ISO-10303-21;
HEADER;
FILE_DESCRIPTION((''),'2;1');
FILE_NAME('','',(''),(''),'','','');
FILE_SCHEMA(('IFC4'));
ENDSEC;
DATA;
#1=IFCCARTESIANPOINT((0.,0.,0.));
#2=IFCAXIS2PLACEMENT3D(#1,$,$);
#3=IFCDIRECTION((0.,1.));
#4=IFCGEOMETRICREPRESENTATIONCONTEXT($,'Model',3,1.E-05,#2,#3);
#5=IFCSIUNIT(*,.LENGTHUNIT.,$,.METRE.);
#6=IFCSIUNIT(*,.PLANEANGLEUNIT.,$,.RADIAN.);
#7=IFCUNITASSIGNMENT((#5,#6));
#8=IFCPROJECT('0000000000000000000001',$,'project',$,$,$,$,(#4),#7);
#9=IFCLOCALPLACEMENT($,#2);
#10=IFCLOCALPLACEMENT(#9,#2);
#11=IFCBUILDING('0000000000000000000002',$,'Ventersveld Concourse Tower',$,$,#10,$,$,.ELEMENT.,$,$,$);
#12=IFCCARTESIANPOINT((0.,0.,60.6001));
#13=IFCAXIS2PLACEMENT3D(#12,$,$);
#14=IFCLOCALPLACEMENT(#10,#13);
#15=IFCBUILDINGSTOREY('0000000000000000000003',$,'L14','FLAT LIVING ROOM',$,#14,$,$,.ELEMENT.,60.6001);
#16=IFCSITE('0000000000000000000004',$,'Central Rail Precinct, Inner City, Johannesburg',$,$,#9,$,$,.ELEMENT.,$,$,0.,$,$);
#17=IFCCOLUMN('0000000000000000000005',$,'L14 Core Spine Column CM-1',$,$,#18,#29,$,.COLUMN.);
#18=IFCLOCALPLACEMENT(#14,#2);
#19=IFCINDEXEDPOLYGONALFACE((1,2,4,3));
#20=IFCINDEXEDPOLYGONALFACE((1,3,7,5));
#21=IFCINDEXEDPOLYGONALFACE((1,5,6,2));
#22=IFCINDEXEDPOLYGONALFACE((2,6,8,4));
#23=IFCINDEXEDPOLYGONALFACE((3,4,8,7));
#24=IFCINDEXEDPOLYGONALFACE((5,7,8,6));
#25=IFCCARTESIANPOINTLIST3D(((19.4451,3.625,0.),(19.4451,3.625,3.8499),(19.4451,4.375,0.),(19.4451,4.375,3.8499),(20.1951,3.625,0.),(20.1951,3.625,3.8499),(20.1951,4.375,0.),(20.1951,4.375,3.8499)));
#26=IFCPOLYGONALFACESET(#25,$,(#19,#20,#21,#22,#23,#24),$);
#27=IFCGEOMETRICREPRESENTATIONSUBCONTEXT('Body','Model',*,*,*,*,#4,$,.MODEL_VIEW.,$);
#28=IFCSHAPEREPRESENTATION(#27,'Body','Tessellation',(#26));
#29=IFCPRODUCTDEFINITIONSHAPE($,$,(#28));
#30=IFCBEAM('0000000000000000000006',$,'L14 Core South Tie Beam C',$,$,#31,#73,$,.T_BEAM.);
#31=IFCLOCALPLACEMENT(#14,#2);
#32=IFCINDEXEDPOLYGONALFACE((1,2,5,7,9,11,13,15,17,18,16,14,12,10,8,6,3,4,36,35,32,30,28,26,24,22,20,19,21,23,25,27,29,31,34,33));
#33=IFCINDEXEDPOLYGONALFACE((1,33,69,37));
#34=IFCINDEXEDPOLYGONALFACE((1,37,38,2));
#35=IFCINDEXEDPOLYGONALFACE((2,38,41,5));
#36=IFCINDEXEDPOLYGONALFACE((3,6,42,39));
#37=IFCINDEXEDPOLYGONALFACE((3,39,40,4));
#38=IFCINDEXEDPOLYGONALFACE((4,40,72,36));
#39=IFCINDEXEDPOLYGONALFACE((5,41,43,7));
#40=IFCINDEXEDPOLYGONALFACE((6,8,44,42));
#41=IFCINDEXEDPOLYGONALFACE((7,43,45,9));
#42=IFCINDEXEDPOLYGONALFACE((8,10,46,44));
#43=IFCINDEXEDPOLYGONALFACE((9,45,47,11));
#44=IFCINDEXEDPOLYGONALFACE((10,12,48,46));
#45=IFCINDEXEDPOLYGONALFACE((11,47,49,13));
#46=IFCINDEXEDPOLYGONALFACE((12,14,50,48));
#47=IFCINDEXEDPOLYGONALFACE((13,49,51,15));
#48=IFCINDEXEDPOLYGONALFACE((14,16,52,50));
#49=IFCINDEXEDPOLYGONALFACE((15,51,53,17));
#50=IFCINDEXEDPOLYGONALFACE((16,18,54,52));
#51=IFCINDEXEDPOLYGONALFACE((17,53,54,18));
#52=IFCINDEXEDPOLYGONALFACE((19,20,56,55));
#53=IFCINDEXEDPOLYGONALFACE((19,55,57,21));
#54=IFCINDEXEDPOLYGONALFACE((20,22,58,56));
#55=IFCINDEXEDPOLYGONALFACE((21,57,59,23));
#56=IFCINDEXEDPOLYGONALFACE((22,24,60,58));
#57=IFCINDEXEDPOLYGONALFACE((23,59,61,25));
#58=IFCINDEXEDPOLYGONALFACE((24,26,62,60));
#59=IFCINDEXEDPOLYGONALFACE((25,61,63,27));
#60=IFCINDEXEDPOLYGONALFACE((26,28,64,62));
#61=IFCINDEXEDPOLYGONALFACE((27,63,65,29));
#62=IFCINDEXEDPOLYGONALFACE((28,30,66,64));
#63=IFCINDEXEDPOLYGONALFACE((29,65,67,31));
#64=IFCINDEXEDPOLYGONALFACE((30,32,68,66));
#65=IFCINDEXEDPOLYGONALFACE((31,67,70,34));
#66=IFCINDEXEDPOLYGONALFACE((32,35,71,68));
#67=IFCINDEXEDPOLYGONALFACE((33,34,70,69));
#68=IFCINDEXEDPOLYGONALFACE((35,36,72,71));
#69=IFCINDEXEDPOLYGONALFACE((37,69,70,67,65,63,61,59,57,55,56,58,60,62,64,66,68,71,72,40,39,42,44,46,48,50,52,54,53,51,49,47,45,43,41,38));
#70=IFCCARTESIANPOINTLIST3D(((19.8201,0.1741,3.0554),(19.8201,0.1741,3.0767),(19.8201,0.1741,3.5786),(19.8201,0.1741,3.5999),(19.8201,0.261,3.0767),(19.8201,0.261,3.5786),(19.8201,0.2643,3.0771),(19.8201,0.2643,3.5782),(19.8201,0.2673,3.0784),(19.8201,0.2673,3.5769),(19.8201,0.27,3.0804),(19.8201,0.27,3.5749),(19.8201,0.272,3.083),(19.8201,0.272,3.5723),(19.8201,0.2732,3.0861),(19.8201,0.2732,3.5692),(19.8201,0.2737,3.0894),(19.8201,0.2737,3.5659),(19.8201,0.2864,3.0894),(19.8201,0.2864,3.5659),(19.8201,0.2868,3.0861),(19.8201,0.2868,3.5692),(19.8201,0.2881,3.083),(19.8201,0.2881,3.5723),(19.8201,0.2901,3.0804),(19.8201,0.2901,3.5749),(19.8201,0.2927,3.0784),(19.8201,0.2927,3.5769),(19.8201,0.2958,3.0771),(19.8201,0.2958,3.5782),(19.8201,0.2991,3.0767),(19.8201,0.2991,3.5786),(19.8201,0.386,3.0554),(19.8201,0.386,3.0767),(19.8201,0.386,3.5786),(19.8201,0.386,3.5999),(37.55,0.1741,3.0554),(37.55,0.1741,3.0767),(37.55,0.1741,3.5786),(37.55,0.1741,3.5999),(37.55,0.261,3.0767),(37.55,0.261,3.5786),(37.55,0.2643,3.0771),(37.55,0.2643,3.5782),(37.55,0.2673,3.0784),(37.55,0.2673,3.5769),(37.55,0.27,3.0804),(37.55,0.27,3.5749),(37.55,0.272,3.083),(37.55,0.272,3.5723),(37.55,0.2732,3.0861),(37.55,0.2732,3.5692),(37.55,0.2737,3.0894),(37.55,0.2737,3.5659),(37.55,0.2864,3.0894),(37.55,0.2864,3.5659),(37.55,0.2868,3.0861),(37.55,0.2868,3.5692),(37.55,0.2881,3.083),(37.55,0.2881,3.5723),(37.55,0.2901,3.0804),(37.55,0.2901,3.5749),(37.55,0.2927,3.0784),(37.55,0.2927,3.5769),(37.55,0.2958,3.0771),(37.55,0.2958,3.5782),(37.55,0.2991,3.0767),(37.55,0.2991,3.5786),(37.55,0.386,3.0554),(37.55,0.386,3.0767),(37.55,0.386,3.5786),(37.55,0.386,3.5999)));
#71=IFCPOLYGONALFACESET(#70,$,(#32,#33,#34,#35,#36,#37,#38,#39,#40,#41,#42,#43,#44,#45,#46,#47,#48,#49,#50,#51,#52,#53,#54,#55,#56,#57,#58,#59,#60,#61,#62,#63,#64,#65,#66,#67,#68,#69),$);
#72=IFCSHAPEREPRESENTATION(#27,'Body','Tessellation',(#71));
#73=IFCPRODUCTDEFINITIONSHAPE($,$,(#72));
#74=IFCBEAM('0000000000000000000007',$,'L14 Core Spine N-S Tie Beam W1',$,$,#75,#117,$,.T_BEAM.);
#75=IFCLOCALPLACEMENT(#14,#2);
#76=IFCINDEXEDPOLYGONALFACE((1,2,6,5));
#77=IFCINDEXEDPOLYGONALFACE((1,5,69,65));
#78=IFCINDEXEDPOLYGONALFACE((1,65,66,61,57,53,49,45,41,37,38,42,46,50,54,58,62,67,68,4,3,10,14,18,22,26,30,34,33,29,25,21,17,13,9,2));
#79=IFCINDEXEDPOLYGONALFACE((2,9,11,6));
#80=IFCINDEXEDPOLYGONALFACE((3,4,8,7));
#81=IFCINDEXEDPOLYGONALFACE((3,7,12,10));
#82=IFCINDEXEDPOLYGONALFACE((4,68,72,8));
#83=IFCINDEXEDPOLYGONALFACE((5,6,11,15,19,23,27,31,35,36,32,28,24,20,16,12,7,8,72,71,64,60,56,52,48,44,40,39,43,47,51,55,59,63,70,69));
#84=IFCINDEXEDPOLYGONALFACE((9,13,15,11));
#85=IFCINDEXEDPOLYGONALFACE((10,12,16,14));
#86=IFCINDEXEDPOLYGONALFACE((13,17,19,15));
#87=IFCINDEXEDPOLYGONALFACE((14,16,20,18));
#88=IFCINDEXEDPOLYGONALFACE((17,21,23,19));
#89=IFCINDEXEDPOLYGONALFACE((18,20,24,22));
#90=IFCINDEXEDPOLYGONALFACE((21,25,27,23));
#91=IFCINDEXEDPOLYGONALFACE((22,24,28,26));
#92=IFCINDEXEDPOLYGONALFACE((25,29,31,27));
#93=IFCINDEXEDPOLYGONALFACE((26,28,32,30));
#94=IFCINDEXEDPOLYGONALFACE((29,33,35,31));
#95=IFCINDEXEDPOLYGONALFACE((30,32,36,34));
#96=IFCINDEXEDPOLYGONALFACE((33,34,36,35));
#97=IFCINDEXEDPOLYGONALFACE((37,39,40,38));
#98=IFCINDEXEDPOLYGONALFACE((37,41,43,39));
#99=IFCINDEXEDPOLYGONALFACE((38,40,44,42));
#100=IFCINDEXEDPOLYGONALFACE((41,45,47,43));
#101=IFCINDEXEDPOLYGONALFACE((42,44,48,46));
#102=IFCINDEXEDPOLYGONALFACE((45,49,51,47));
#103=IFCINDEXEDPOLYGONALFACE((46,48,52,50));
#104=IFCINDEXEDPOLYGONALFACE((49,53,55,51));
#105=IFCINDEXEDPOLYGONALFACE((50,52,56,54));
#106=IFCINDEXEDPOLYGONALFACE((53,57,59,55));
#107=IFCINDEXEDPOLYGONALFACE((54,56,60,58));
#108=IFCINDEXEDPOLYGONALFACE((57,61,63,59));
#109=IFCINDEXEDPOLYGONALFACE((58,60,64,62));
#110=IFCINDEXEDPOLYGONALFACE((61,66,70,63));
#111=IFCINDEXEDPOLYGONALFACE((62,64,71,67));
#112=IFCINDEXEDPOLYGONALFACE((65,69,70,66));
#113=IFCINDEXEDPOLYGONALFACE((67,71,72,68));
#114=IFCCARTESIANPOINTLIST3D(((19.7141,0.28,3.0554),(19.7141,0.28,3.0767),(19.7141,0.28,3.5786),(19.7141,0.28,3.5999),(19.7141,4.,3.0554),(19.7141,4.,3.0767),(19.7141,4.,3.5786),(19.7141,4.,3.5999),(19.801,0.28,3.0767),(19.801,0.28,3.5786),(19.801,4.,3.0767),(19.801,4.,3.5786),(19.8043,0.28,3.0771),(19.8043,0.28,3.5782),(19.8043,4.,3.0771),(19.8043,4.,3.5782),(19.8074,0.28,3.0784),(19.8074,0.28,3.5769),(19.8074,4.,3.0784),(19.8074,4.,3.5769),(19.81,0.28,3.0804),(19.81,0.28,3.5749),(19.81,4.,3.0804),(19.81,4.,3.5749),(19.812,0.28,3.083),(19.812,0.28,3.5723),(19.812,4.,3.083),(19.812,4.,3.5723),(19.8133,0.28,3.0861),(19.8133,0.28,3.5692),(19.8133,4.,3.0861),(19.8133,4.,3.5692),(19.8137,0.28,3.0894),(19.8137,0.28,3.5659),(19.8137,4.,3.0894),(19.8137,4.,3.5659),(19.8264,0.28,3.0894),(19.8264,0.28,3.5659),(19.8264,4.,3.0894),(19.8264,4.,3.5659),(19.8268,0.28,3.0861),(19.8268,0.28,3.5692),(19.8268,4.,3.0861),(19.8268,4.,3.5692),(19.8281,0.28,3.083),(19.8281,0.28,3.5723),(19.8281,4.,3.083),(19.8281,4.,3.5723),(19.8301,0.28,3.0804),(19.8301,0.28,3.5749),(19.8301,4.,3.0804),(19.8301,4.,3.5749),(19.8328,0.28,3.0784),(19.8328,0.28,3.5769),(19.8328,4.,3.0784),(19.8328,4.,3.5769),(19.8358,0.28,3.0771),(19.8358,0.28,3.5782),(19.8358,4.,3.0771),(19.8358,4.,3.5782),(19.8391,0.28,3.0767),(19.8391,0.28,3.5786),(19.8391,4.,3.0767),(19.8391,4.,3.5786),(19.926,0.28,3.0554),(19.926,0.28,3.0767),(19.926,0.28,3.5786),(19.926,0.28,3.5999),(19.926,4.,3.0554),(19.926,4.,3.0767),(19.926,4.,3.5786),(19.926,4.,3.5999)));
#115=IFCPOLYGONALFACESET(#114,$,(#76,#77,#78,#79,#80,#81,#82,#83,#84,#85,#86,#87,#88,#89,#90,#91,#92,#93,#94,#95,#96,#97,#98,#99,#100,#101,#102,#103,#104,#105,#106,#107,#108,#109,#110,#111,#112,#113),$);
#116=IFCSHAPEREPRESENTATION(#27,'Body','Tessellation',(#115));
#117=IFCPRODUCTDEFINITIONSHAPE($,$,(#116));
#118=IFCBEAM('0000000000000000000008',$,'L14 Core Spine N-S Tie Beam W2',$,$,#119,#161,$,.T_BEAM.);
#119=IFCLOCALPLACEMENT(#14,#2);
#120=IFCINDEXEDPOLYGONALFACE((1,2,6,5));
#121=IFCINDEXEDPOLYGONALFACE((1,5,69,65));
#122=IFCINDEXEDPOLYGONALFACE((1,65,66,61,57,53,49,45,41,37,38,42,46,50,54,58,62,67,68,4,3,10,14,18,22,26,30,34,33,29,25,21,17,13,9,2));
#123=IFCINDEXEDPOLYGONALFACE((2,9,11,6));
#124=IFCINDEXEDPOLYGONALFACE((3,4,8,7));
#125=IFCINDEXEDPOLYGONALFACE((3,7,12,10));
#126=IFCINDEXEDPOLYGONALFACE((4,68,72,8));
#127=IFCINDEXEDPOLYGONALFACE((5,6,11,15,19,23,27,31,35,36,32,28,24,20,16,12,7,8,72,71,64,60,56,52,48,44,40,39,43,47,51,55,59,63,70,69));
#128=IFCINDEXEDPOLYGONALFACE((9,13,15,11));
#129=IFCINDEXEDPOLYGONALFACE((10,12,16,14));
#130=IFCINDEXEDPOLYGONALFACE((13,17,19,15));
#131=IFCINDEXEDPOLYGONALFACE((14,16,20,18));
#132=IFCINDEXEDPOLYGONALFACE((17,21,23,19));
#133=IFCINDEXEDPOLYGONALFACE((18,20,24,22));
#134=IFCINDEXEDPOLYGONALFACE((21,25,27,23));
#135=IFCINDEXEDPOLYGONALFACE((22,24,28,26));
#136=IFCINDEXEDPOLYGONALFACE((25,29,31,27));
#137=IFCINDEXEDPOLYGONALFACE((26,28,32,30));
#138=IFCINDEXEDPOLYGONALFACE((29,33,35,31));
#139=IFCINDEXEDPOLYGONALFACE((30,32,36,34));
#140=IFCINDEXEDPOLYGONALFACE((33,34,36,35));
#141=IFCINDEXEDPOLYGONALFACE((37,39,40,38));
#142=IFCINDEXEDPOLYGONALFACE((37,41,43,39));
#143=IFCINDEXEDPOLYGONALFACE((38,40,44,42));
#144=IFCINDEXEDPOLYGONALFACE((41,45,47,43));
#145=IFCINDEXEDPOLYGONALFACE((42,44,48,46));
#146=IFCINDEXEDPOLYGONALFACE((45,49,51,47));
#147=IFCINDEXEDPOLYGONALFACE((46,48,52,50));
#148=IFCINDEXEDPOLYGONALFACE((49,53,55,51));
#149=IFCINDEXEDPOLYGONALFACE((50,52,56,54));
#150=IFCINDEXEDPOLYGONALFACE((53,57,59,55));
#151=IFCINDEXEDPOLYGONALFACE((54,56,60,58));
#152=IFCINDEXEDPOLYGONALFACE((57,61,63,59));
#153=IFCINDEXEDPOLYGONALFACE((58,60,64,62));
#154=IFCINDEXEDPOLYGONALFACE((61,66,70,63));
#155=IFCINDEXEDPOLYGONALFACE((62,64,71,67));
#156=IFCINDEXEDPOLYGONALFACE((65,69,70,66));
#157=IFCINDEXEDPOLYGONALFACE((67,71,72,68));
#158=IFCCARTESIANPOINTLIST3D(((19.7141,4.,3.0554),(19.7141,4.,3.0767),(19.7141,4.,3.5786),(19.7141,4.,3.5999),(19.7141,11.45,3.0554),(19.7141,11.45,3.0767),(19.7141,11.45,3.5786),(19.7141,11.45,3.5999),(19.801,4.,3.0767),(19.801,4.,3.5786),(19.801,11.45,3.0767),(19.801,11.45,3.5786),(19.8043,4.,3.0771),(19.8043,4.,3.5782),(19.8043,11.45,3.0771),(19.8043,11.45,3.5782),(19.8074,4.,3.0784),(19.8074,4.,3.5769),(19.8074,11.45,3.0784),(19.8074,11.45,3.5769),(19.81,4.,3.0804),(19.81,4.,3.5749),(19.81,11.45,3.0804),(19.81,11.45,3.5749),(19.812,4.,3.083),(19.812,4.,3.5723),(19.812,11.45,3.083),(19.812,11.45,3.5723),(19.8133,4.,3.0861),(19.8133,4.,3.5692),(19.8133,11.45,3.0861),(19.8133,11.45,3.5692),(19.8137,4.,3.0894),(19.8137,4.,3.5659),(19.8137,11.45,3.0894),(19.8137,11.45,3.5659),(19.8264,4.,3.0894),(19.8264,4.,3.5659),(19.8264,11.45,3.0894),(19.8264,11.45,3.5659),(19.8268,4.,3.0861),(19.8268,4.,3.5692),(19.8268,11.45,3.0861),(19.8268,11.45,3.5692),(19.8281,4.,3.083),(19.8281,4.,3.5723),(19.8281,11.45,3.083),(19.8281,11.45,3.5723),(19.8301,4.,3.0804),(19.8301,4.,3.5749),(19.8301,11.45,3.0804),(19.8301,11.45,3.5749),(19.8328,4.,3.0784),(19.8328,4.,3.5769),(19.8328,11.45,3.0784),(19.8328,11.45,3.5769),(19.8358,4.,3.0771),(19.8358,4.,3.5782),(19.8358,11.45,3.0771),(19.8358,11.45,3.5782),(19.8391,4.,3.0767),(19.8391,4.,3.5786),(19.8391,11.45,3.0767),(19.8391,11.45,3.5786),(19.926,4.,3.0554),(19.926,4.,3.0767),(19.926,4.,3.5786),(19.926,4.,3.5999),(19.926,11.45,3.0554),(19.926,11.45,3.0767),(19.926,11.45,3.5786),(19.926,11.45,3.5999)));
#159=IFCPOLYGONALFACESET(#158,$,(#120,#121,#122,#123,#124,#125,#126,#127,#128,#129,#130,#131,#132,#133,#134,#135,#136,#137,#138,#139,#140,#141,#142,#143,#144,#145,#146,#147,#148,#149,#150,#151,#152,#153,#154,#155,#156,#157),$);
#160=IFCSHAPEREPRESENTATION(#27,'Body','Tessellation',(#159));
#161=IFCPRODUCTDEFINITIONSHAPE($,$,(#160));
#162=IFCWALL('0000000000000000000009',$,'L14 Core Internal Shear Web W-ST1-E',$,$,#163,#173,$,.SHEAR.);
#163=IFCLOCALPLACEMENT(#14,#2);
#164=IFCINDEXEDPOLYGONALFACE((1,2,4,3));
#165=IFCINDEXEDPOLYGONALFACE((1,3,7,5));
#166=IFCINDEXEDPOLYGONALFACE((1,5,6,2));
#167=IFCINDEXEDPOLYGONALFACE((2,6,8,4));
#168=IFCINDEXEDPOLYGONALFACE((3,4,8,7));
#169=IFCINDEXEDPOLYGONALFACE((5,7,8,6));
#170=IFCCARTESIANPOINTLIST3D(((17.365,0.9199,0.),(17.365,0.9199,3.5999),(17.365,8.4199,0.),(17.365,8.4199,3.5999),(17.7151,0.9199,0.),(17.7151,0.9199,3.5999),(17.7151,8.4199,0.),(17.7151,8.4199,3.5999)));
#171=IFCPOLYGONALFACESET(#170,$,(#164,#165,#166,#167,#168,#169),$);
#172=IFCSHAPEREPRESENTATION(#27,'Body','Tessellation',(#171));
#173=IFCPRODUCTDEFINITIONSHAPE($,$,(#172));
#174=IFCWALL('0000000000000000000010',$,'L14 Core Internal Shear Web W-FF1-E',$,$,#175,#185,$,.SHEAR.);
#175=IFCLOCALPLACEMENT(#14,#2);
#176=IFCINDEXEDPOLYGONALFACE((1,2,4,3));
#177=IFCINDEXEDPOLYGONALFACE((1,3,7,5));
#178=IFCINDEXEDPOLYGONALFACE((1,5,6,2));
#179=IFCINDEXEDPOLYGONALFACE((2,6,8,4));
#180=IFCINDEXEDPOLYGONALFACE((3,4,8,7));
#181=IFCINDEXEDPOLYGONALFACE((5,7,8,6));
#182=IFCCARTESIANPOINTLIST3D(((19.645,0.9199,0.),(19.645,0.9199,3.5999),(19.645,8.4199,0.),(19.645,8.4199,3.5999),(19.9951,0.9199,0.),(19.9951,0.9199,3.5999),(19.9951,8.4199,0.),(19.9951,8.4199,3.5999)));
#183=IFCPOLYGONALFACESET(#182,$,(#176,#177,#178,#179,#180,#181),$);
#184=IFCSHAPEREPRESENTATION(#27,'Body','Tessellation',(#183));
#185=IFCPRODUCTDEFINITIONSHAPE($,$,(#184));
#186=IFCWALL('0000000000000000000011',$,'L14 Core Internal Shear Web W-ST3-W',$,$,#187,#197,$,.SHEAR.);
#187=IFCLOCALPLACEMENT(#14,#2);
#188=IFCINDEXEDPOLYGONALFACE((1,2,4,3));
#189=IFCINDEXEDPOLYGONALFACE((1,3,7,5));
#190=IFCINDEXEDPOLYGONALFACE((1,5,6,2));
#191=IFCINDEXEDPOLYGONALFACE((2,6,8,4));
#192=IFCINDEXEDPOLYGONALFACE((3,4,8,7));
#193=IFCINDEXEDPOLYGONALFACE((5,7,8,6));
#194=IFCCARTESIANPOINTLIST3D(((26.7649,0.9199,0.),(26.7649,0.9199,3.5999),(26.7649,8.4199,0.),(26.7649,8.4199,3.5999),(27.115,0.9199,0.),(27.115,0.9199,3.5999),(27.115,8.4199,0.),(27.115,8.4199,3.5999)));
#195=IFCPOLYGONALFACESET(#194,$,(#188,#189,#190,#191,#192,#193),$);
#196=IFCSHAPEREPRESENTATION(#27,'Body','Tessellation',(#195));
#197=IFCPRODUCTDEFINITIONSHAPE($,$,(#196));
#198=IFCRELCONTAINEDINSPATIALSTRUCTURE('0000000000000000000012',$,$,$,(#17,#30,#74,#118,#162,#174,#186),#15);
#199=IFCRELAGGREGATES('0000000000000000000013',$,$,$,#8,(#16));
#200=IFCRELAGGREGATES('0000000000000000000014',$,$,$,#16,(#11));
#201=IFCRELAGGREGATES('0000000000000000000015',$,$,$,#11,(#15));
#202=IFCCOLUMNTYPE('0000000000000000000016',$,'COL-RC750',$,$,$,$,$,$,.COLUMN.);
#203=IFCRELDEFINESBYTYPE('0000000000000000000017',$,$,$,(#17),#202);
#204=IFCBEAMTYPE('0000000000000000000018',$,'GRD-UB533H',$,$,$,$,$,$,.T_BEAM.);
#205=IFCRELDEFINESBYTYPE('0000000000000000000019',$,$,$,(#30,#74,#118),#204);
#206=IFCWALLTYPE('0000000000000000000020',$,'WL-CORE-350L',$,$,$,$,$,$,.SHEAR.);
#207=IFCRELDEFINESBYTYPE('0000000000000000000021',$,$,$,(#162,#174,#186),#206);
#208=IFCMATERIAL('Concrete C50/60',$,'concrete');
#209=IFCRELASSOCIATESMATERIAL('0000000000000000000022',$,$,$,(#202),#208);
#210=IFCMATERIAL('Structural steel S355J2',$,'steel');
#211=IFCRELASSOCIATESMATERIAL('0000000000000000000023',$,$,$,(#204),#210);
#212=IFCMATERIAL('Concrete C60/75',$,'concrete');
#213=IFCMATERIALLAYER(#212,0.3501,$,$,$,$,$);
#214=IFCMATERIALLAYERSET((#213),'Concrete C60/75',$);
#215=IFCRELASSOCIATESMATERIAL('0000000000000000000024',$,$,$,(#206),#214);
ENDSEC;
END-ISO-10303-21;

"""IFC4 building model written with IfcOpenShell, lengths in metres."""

from ifc_helpers import new_model, si_unit, direction, frame, frame_2d, origin, origin_2d, place, context, subcontext, project, spatial, rectangle, i_section, extrude, material, layer, layer_set, material_profile, profile_set, type_object, element, save


model = new_model("IFC4")

# Units and contexts
model_context = context("Model", 3, precision=1e-05, world=origin(), true_north=direction((0.0, 1.0)))
body_context = subcontext(model_context, "Body", "Model", "MODEL_VIEW")
ifc_project = project(units=[si_unit("LENGTHUNIT", "METRE"), si_unit("PLANEANGLEUNIT", "RADIAN")], contexts=[model_context])

# Site, building, storey
site_placement = place(None, origin())
site = spatial("IfcSite", under=ifc_project, at=site_placement, Name="Central Rail Precinct, Inner City, Johannesburg", CompositionType="ELEMENT", RefElevation=0.0)
building_placement = place(site_placement, origin())
building = spatial("IfcBuilding", under=site, at=building_placement, Name="Ventersveld Concourse Tower", CompositionType="ELEMENT")
storey_placement = place(building_placement, frame((0.0, 0.0, 60.6001)))
storey = spatial("IfcBuildingStorey", under=building, at=storey_placement, Name="L14", Description="FLAT LIVING ROOM", CompositionType="ELEMENT", Elevation=60.6001)

# Column
ifc_material_1 = material(Name="Concrete C50/60", Category="concrete")
ifc_material_profile_1 = material_profile(ifc_material_1, rectangle(XDim=0.75, YDim=0.75, at=origin_2d()), Name="RC 750x750")
ifc_profile_set_1 = profile_set([ifc_material_profile_1], Name="Concrete C50/60")
column_type = type_object("IfcColumnType", Name="COL-RC750", PredefinedType="COLUMN", material=ifc_profile_set_1)
column_placement = place(storey_placement, frame((19.8201, 4.0, 0.0), z_axis=(0.0, 0.0, 1.0), x_axis=(1.0, 0.0, 0.0)))
element("IfcColumn", 1, at=column_placement, inside=storey, type_object=column_type, Name="L14 Core Spine Column CM-1", PredefinedType="COLUMN", context=body_context, shape_type="SweptSolid", body=[
    extrude(rectangle(XDim=0.75, YDim=0.75, at=origin_2d()), origin(), (0.0, 0.0, 1.0), 3.8499),
])

# Beams
ifc_material_2 = material(Name="Structural steel S355J2", Category="steel")
ifc_material_profile_2 = material_profile(ifc_material_2, i_section(OverallWidth=0.2119, OverallDepth=0.5444, WebThickness=0.0127, FlangeThickness=0.0212, FilletRadius=0.0127, at=origin_2d()), Name="UB 533x210x122")
ifc_profile_set_2 = profile_set([ifc_material_profile_2], Name="Structural steel S355J2")
beam_type = type_object("IfcBeamType", Name="GRD-UB533H", PredefinedType="T_BEAM", material=ifc_profile_set_2)
beam_1_placement = place(storey_placement, frame((19.8201, 0.28, 3.3276), z_axis=(1.0, 0.0, 0.0), x_axis=(0.0, 1.0, 0.0)))
element("IfcBeam", 2, at=beam_1_placement, inside=storey, type_object=beam_type, Name="L14 Core South Tie Beam C", PredefinedType="T_BEAM", context=body_context, shape_type="SweptSolid", body=[
    extrude(i_section(OverallWidth=0.2119, OverallDepth=0.5444, WebThickness=0.0127, FlangeThickness=0.0212, FilletRadius=0.0127, at=origin_2d()), origin(), (0.0, 0.0, 1.0), 17.73),
])
beam_2_placement = place(storey_placement, frame((19.8201, 0.28, 3.3276), z_axis=(0.0, 1.0, 0.0), x_axis=(-1.0, 0.0, 0.0)))
element("IfcBeam", 3, at=beam_2_placement, inside=storey, type_object=beam_type, Name="L14 Core Spine N-S Tie Beam W1", PredefinedType="T_BEAM", context=body_context, shape_type="SweptSolid", body=[
    extrude(i_section(OverallWidth=0.2119, OverallDepth=0.5444, WebThickness=0.0127, FlangeThickness=0.0212, FilletRadius=0.0127, at=origin_2d()), origin(), (0.0, 0.0, 1.0), 3.72),
])
beam_3_placement = place(storey_placement, frame((19.8201, 4.0, 3.3276), z_axis=(0.0, 1.0, 0.0), x_axis=(-1.0, 0.0, 0.0)))
element("IfcBeam", 4, at=beam_3_placement, inside=storey, type_object=beam_type, Name="L14 Core Spine N-S Tie Beam W2", PredefinedType="T_BEAM", context=body_context, shape_type="SweptSolid", body=[
    extrude(i_section(OverallWidth=0.2119, OverallDepth=0.5444, WebThickness=0.0127, FlangeThickness=0.0212, FilletRadius=0.0127, at=origin_2d()), origin(), (0.0, 0.0, 1.0), 7.45),
])

# Walls
ifc_material_3 = material(Name="Concrete C60/75", Category="concrete")
ifc_layer_1 = layer(ifc_material_3, 0.3501)
ifc_layer_set_1 = layer_set([ifc_layer_1], Name="Concrete C60/75")
wall_type_1 = type_object("IfcWallType", Name="WL-CORE-350L", PredefinedType="SHEAR", material=ifc_layer_set_1)
for number, where, z_axis, x_axis, name in (
    (5, (17.54, 0.9199, 0.0), (0.0, 0.0, 1.0), (0.0, 1.0, 0.0), "L14 Core Internal Shear Web W-ST1-E"),
    (6, (19.8201, 0.9199, 0.0), (0.0, 0.0, 1.0), (0.0, 1.0, 0.0), "L14 Core Internal Shear Web W-FF1-E"),
    (7, (26.9399, 0.9199, 0.0), (0.0, 0.0, 1.0), (0.0, 1.0, 0.0), "L14 Core Internal Shear Web W-ST3-W"),
):
    element("IfcWall", number, at=place(storey_placement, frame(where, z_axis=z_axis, x_axis=x_axis)), inside=storey, type_object=wall_type_1, Name=name, PredefinedType="SHEAR", context=body_context, shape_type="SweptSolid", body=[
        extrude(rectangle(XDim=7.5, YDim=0.3501, at=frame_2d((3.75, 0.0))), origin(), (0.0, 0.0, 1.0), 3.5999),
    ])

save(model, "model.ifc")
